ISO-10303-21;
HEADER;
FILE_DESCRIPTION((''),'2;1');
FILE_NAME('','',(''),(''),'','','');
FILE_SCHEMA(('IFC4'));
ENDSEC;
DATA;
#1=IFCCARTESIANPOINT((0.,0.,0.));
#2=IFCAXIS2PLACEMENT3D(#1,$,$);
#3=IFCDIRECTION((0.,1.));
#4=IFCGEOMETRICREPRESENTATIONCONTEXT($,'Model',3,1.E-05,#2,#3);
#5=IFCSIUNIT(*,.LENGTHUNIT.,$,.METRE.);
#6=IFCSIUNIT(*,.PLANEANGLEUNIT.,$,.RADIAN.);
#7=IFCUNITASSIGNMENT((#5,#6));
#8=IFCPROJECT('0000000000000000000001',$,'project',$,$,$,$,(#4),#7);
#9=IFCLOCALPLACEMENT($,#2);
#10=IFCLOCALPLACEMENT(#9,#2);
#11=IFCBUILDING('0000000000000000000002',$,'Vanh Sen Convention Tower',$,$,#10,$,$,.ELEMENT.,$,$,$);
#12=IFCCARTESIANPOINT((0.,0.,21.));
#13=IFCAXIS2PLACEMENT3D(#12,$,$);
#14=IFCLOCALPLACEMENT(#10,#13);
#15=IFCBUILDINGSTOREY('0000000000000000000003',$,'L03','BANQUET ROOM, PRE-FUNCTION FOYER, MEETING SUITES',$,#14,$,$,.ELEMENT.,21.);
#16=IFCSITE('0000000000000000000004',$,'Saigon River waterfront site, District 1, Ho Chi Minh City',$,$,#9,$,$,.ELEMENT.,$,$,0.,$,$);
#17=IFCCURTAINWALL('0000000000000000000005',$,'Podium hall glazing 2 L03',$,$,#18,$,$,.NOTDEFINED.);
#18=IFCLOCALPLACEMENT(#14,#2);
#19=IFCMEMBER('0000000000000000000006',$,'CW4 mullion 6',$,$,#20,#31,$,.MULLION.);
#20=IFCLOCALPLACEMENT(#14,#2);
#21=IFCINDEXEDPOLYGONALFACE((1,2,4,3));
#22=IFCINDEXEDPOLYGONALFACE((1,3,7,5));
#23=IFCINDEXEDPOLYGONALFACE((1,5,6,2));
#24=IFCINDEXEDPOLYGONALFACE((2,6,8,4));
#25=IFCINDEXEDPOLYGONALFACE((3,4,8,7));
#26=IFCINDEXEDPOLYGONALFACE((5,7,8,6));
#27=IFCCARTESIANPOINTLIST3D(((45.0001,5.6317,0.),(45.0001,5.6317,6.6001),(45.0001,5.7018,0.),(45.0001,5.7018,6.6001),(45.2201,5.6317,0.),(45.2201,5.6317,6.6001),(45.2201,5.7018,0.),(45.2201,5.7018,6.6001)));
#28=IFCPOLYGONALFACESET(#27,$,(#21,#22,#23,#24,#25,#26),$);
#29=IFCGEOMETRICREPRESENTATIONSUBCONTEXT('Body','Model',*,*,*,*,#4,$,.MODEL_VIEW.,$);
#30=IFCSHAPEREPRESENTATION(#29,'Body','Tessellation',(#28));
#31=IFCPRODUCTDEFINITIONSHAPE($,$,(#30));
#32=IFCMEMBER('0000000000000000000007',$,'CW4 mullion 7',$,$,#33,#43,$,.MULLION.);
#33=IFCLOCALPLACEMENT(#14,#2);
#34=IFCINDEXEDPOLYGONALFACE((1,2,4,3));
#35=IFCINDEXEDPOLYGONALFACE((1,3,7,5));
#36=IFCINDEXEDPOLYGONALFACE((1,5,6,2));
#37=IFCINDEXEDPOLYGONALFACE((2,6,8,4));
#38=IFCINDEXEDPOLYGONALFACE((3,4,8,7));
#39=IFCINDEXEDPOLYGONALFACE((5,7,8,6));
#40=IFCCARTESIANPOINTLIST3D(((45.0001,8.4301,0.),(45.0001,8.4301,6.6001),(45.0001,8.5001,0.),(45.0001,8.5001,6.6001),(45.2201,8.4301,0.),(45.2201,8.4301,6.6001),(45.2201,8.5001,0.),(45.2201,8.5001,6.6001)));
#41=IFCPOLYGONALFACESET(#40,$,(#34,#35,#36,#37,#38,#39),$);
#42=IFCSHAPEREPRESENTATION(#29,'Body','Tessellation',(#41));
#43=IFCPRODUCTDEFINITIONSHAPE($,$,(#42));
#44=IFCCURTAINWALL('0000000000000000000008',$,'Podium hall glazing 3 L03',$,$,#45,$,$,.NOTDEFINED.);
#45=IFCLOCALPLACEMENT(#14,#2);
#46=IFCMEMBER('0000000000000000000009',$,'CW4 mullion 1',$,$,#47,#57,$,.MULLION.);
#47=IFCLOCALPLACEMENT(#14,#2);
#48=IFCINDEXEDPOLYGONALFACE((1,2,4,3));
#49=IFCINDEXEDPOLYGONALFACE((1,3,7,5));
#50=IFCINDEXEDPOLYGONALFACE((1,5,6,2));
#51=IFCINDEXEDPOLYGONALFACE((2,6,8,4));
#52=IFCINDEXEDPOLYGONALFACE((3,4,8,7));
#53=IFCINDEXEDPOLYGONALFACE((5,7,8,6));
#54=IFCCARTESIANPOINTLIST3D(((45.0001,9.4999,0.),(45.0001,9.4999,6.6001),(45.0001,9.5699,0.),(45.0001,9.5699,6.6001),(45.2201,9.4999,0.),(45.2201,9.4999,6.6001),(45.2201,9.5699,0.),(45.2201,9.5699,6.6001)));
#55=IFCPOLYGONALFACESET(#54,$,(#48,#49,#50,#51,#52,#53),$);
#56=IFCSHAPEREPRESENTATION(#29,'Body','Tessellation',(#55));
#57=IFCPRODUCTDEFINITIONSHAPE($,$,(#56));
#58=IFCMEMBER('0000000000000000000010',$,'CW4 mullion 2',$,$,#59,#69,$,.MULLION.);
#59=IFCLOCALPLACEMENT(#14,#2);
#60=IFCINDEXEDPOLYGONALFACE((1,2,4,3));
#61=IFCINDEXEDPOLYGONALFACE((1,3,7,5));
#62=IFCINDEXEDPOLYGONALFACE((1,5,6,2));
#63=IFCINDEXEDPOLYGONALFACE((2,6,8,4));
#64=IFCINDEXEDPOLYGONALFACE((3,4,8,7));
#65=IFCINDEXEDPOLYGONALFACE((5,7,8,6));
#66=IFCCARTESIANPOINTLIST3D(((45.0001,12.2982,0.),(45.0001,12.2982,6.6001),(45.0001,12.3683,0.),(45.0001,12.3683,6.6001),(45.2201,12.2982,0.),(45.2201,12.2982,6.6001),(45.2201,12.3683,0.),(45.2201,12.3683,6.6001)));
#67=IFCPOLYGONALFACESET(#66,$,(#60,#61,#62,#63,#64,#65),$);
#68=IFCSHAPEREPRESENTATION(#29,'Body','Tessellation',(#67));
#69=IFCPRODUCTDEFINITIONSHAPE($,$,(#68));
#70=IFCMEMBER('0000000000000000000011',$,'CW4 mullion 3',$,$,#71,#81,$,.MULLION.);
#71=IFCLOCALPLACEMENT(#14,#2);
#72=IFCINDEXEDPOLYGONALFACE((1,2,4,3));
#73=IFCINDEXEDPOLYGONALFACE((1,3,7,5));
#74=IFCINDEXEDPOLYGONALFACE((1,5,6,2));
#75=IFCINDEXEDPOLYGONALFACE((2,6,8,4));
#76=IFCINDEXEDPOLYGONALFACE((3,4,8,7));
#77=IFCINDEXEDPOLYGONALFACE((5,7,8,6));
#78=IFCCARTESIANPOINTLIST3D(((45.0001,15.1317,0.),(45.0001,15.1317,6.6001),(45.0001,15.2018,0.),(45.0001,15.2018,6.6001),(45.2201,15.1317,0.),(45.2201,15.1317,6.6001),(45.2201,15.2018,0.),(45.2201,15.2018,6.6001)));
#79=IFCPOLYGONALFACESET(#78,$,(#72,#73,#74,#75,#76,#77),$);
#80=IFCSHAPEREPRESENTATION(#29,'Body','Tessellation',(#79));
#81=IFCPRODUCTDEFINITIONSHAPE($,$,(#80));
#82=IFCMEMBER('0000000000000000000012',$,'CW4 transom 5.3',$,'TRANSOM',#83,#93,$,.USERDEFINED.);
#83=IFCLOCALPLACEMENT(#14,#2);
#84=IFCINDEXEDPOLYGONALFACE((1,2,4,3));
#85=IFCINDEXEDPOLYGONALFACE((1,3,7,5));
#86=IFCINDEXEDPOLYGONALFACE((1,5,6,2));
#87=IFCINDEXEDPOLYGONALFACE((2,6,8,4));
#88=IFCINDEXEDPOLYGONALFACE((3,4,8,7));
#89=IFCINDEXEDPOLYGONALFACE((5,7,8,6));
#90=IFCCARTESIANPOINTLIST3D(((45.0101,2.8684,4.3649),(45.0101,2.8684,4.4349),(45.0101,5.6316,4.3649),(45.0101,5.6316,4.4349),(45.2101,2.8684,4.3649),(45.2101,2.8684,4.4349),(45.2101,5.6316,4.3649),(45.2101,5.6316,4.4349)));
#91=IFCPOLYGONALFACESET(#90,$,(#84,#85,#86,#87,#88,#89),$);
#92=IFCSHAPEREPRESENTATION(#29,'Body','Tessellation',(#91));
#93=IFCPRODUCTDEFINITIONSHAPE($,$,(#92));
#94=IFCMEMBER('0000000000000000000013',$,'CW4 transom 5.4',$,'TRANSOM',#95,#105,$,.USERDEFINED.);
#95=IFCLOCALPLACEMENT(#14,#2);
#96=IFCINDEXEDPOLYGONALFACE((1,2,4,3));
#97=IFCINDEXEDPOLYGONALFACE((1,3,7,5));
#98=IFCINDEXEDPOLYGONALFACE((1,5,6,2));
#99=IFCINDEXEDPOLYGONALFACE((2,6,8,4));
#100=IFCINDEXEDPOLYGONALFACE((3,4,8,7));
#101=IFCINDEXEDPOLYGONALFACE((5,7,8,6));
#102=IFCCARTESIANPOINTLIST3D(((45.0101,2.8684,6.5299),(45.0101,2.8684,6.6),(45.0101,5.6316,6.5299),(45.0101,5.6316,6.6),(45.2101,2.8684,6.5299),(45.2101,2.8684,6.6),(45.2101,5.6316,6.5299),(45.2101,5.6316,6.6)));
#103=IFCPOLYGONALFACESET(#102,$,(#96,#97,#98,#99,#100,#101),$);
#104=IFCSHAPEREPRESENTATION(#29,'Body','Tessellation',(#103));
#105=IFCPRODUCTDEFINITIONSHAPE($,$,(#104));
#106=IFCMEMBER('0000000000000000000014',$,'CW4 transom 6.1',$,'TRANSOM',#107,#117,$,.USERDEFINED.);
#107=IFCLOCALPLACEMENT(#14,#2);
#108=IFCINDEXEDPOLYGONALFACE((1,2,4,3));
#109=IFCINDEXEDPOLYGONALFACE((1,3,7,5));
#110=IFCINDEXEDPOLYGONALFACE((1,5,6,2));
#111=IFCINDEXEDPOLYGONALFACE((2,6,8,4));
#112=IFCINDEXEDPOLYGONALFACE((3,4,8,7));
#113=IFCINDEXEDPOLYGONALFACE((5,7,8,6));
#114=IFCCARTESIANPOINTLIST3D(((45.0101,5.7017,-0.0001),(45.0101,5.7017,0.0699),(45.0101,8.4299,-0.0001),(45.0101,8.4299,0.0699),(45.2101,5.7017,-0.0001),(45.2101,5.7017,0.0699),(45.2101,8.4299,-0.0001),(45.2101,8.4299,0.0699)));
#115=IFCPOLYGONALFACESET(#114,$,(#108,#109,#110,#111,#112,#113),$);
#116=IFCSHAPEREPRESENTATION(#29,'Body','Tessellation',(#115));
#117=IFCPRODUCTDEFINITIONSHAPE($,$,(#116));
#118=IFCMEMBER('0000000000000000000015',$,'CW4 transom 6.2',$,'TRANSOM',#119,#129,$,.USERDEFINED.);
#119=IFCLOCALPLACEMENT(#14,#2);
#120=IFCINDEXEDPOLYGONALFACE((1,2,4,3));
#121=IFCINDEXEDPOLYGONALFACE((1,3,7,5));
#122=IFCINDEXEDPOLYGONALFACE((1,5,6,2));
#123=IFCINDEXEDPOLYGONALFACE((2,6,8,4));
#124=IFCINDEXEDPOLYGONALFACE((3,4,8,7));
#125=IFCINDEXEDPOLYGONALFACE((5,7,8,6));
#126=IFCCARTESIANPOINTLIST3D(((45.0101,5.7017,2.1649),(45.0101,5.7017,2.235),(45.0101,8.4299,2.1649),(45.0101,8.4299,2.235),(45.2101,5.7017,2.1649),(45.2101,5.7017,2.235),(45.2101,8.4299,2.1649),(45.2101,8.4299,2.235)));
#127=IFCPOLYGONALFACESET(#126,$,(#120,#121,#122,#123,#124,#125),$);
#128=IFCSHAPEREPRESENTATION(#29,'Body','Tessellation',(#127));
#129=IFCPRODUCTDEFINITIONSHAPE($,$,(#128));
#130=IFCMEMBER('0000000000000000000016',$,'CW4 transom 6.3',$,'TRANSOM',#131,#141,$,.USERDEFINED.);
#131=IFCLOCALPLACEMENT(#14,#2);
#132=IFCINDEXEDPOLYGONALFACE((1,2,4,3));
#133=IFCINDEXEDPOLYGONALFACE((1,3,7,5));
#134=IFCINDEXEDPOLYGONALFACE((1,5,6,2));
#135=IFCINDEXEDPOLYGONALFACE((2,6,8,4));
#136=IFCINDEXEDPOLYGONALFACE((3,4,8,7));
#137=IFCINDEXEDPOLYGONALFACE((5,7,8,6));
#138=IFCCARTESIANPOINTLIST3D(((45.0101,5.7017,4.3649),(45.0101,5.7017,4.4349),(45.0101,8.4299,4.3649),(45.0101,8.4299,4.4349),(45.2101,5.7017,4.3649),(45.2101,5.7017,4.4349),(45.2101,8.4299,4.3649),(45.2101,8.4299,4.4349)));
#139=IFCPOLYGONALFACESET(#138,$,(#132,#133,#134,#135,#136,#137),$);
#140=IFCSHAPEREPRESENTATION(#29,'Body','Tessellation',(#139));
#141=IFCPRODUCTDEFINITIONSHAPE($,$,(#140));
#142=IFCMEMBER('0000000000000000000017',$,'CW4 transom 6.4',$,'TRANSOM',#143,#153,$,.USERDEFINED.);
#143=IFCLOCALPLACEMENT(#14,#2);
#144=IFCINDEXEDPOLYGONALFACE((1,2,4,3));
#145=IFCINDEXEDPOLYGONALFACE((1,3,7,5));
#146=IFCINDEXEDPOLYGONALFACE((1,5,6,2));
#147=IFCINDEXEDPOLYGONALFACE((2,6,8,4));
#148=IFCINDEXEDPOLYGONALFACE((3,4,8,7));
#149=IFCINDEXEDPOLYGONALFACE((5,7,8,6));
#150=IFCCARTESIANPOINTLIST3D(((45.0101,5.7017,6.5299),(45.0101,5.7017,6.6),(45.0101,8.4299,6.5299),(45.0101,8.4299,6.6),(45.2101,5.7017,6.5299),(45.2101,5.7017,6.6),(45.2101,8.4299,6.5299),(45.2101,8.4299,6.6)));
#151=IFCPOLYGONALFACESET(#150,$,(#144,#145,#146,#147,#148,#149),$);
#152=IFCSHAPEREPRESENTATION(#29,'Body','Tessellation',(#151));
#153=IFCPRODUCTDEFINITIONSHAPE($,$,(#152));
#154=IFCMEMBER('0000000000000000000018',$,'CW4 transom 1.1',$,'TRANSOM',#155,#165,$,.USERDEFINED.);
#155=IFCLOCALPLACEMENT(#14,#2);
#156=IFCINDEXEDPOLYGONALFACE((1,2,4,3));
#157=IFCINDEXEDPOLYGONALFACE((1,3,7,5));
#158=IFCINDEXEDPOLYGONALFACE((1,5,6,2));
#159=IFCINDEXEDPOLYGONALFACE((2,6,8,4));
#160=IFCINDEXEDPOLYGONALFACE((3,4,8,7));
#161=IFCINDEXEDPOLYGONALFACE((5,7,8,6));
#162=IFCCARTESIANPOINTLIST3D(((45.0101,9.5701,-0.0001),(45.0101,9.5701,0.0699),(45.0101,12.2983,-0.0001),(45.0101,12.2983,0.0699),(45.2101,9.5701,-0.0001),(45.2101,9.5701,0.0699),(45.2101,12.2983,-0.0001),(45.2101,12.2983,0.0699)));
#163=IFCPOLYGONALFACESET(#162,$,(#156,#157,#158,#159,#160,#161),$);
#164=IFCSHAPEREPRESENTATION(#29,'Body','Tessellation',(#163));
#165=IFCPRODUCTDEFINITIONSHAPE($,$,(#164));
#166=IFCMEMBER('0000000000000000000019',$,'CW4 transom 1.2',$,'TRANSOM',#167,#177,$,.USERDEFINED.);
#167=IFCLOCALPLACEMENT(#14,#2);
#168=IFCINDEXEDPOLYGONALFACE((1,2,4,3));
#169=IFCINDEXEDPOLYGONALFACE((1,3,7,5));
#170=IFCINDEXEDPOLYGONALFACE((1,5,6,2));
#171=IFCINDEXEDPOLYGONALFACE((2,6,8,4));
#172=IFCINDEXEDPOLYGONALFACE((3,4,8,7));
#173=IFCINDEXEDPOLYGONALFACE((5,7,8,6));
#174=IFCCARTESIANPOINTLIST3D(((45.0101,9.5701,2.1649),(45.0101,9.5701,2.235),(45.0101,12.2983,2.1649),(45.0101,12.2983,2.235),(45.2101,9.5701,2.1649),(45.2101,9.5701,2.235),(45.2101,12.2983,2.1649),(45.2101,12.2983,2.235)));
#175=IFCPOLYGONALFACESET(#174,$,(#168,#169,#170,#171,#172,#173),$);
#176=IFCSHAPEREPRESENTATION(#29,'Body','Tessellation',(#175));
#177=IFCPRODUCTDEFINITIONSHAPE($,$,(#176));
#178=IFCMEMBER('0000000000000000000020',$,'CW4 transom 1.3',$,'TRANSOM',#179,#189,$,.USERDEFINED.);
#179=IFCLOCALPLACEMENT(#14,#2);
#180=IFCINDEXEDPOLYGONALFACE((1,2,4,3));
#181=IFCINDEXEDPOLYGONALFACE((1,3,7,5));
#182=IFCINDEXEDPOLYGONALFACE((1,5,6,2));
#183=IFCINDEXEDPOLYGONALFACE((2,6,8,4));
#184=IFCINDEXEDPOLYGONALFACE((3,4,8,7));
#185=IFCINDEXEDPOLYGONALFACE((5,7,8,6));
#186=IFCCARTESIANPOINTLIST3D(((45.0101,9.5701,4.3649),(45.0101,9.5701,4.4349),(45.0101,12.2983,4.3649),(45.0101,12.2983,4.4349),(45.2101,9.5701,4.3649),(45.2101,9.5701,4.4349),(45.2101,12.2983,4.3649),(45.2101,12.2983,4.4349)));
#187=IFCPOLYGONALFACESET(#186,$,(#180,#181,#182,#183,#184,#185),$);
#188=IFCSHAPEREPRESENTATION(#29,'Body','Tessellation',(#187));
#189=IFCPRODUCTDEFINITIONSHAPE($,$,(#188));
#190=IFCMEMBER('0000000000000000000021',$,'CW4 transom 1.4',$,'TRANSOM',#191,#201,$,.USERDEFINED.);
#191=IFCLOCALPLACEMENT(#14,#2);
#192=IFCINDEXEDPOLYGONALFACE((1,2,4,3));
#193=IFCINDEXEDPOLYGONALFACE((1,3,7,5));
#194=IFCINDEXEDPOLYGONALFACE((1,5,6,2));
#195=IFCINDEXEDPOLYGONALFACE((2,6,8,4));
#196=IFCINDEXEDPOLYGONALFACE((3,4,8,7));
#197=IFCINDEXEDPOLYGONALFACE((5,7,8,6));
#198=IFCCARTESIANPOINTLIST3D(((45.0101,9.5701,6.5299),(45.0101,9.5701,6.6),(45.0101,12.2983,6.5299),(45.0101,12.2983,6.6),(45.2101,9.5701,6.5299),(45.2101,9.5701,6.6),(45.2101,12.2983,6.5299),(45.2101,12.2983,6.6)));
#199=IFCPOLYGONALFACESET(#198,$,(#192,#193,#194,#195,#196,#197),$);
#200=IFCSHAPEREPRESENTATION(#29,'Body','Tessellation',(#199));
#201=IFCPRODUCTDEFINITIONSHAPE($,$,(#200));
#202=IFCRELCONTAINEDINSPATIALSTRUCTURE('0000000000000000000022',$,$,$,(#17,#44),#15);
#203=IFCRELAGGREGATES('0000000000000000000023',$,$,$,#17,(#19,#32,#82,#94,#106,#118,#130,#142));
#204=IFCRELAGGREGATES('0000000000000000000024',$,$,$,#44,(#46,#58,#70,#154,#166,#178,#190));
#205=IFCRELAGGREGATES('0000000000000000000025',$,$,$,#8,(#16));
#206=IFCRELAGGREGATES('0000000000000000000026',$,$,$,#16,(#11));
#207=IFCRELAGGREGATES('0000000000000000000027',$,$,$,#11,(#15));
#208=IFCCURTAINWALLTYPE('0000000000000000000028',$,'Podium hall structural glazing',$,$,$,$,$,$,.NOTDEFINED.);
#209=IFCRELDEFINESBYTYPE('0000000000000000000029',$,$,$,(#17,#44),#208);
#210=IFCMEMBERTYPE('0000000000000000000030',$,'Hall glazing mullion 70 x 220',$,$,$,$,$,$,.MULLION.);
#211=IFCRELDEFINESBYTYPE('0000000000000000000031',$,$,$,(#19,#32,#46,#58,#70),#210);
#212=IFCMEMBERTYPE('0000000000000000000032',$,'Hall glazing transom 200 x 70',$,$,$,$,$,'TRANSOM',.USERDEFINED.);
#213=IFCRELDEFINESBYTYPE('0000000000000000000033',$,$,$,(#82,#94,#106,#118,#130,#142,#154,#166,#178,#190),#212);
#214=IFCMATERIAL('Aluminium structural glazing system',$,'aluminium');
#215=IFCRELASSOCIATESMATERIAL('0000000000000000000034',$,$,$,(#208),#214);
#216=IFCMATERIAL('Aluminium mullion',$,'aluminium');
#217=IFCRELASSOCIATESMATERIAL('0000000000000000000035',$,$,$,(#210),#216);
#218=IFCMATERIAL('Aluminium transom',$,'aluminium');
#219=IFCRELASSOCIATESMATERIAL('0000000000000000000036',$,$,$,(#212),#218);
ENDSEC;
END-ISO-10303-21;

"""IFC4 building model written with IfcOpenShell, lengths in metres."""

from ifc_helpers import new_model, si_unit, direction, frame, origin, origin_2d, place, context, subcontext, project, spatial, rectangle, extrude, material, material_profile, profile_set, type_object, element, aggregate, save


model = new_model("IFC4")

# Units and contexts
model_context = context("Model", 3, precision=1e-05, world=origin(), true_north=direction((0.0, 1.0)))
body_context = subcontext(model_context, "Body", "Model", "MODEL_VIEW")
ifc_project = project(units=[si_unit("LENGTHUNIT", "METRE"), si_unit("PLANEANGLEUNIT", "RADIAN")], contexts=[model_context])

# Site, building, storey
site_placement = place(None, origin())
site = spatial("IfcSite", under=ifc_project, at=site_placement, Name="Saigon River waterfront site, District 1, Ho Chi Minh City", CompositionType="ELEMENT", RefElevation=0.0)
building_placement = place(site_placement, origin())
building = spatial("IfcBuilding", under=site, at=building_placement, Name="Vanh Sen Convention Tower", CompositionType="ELEMENT")
storey_placement = place(building_placement, frame((0.0, 0.0, 21.0)))
storey = spatial("IfcBuildingStorey", under=building, at=storey_placement, Name="L03", Description="BANQUET ROOM, PRE-FUNCTION FOYER, MEETING SUITES", CompositionType="ELEMENT", Elevation=21.0)

# Curtain walls, members
ifc_material_1 = material(Name="Aluminium structural glazing system", Category="aluminium")
curtain_wall_type = type_object("IfcCurtainWallType", Name="Podium hall structural glazing", PredefinedType="NOTDEFINED", material=ifc_material_1)
curtain_wall_1_placement = place(storey_placement, origin())
curtain_wall_1 = element("IfcCurtainWall", 1, at=curtain_wall_1_placement, inside=storey, type_object=curtain_wall_type, Name="Podium hall glazing 2 L03", PredefinedType="NOTDEFINED")
ifc_material_2 = material(Name="Aluminium mullion", Category="aluminium")
ifc_material_profile_1 = material_profile(ifc_material_2, rectangle(XDim=0.22, YDim=0.0701, at=origin_2d()), Name="Hall glazing mullion 70 x 220")
ifc_profile_set_1 = profile_set([ifc_material_profile_1], Name="Aluminium mullion")
member_type_1 = type_object("IfcMemberType", Name="Hall glazing mullion 70 x 220", PredefinedType="MULLION", material=ifc_profile_set_1)
member_1_placement = place(storey_placement, frame((45.1101, 5.6667, 0.0), z_axis=(0.0, 0.0, 1.0), x_axis=(-1.0, 0.0, 0.0)))
member_1 = element("IfcMember", 2, at=member_1_placement, type_object=member_type_1, Name="CW4 mullion 6", PredefinedType="MULLION", context=body_context, shape_type="SweptSolid", body=[
    extrude(rectangle(XDim=0.22, YDim=0.0701, at=origin_2d()), origin(), (0.0, 0.0, 1.0), 6.6001),
])
member_2_placement = place(storey_placement, frame((45.1101, 8.4651, 0.0), z_axis=(0.0, 0.0, 1.0), x_axis=(-1.0, 0.0, 0.0)))
member_2 = element("IfcMember", 3, at=member_2_placement, type_object=member_type_1, Name="CW4 mullion 7", PredefinedType="MULLION", context=body_context, shape_type="SweptSolid", body=[
    extrude(rectangle(XDim=0.22, YDim=0.0701, at=origin_2d()), origin(), (0.0, 0.0, 1.0), 6.6001),
])
curtain_wall_2_placement = place(storey_placement, origin())
curtain_wall_2 = element("IfcCurtainWall", 4, at=curtain_wall_2_placement, inside=storey, type_object=curtain_wall_type, Name="Podium hall glazing 3 L03", PredefinedType="NOTDEFINED")
member_3_placement = place(storey_placement, frame((45.1101, 9.5349, 0.0), z_axis=(0.0, 0.0, 1.0), x_axis=(-1.0, 0.0, 0.0)))
member_3 = element("IfcMember", 5, at=member_3_placement, type_object=member_type_1, Name="CW4 mullion 1", PredefinedType="MULLION", context=body_context, shape_type="SweptSolid", body=[
    extrude(rectangle(XDim=0.22, YDim=0.0701, at=origin_2d()), origin(), (0.0, 0.0, 1.0), 6.6001),
])
member_4_placement = place(storey_placement, frame((45.1101, 12.3333, 0.0), z_axis=(0.0, 0.0, 1.0), x_axis=(-1.0, 0.0, 0.0)))
member_4 = element("IfcMember", 6, at=member_4_placement, type_object=member_type_1, Name="CW4 mullion 2", PredefinedType="MULLION", context=body_context, shape_type="SweptSolid", body=[
    extrude(rectangle(XDim=0.22, YDim=0.0701, at=origin_2d()), origin(), (0.0, 0.0, 1.0), 6.6001),
])
member_5_placement = place(storey_placement, frame((45.1101, 15.1667, 0.0), z_axis=(0.0, 0.0, 1.0), x_axis=(-1.0, 0.0, 0.0)))
member_5 = element("IfcMember", 7, at=member_5_placement, type_object=member_type_1, Name="CW4 mullion 3", PredefinedType="MULLION", context=body_context, shape_type="SweptSolid", body=[
    extrude(rectangle(XDim=0.22, YDim=0.0701, at=origin_2d()), origin(), (0.0, 0.0, 1.0), 6.6001),
])

# Members
ifc_material_3 = material(Name="Aluminium transom", Category="aluminium")
ifc_material_profile_2 = material_profile(ifc_material_3, rectangle(XDim=0.2, YDim=0.0701, at=origin_2d()), Name="Hall glazing transom 200 x 70")
ifc_profile_set_2 = profile_set([ifc_material_profile_2], Name="Aluminium transom")
member_type_2 = type_object("IfcMemberType", Name="Hall glazing transom 200 x 70", ElementType="TRANSOM", PredefinedType="USERDEFINED", material=ifc_profile_set_2)
member_6_placement = place(storey_placement, frame((45.1101, 2.8684, 4.3999), z_axis=(0.0, 1.0, 0.0), x_axis=(-1.0, 0.0, 0.0)))
member_6 = element("IfcMember", 8, at=member_6_placement, type_object=member_type_2, Name="CW4 transom 5.3", ObjectType="TRANSOM", PredefinedType="USERDEFINED", context=body_context, shape_type="SweptSolid", body=[
    extrude(rectangle(XDim=0.2, YDim=0.0701, at=origin_2d()), origin(), (0.0, 0.0, 1.0), 2.7632),
])
member_7_placement = place(storey_placement, frame((45.1101, 2.8684, 6.5649), z_axis=(0.0, 1.0, 0.0), x_axis=(-1.0, 0.0, 0.0)))
member_7 = element("IfcMember", 9, at=member_7_placement, type_object=member_type_2, Name="CW4 transom 5.4", ObjectType="TRANSOM", PredefinedType="USERDEFINED", context=body_context, shape_type="SweptSolid", body=[
    extrude(rectangle(XDim=0.2, YDim=0.0701, at=origin_2d()), origin(), (0.0, 0.0, 1.0), 2.7632),
])
member_8_placement = place(storey_placement, frame((45.1101, 5.7017, 0.0349), z_axis=(0.0, 1.0, 0.0), x_axis=(-1.0, 0.0, 0.0)))
member_8 = element("IfcMember", 10, at=member_8_placement, type_object=member_type_2, Name="CW4 transom 6.1", ObjectType="TRANSOM", PredefinedType="USERDEFINED", context=body_context, shape_type="SweptSolid", body=[
    extrude(rectangle(XDim=0.2, YDim=0.0701, at=origin_2d()), origin(), (0.0, 0.0, 1.0), 2.7283),
])
member_9_placement = place(storey_placement, frame((45.1101, 5.7017, 2.2), z_axis=(0.0, 1.0, 0.0), x_axis=(-1.0, 0.0, 0.0)))
member_9 = element("IfcMember", 11, at=member_9_placement, type_object=member_type_2, Name="CW4 transom 6.2", ObjectType="TRANSOM", PredefinedType="USERDEFINED", context=body_context, shape_type="SweptSolid", body=[
    extrude(rectangle(XDim=0.2, YDim=0.0701, at=origin_2d()), origin(), (0.0, 0.0, 1.0), 2.7283),
])
member_10_placement = place(storey_placement, frame((45.1101, 5.7017, 4.3999), z_axis=(0.0, 1.0, 0.0), x_axis=(-1.0, 0.0, 0.0)))
member_10 = element("IfcMember", 12, at=member_10_placement, type_object=member_type_2, Name="CW4 transom 6.3", ObjectType="TRANSOM", PredefinedType="USERDEFINED", context=body_context, shape_type="SweptSolid", body=[
    extrude(rectangle(XDim=0.2, YDim=0.0701, at=origin_2d()), origin(), (0.0, 0.0, 1.0), 2.7283),
])
member_11_placement = place(storey_placement, frame((45.1101, 5.7017, 6.5649), z_axis=(0.0, 1.0, 0.0), x_axis=(-1.0, 0.0, 0.0)))
member_11 = element("IfcMember", 13, at=member_11_placement, type_object=member_type_2, Name="CW4 transom 6.4", ObjectType="TRANSOM", PredefinedType="USERDEFINED", context=body_context, shape_type="SweptSolid", body=[
    extrude(rectangle(XDim=0.2, YDim=0.0701, at=origin_2d()), origin(), (0.0, 0.0, 1.0), 2.7283),
])
member_12_placement = place(storey_placement, frame((45.1101, 9.5701, 0.0349), z_axis=(0.0, 1.0, 0.0), x_axis=(-1.0, 0.0, 0.0)))
member_12 = element("IfcMember", 14, at=member_12_placement, type_object=member_type_2, Name="CW4 transom 1.1", ObjectType="TRANSOM", PredefinedType="USERDEFINED", context=body_context, shape_type="SweptSolid", body=[
    extrude(rectangle(XDim=0.2, YDim=0.0701, at=origin_2d()), origin(), (0.0, 0.0, 1.0), 2.7283),
])
member_13_placement = place(storey_placement, frame((45.1101, 9.5701, 2.2), z_axis=(0.0, 1.0, 0.0), x_axis=(-1.0, 0.0, 0.0)))
member_13 = element("IfcMember", 15, at=member_13_placement, type_object=member_type_2, Name="CW4 transom 1.2", ObjectType="TRANSOM", PredefinedType="USERDEFINED", context=body_context, shape_type="SweptSolid", body=[
    extrude(rectangle(XDim=0.2, YDim=0.0701, at=origin_2d()), origin(), (0.0, 0.0, 1.0), 2.7283),
])
member_14_placement = place(storey_placement, frame((45.1101, 9.5701, 4.3999), z_axis=(0.0, 1.0, 0.0), x_axis=(-1.0, 0.0, 0.0)))
member_14 = element("IfcMember", 16, at=member_14_placement, type_object=member_type_2, Name="CW4 transom 1.3", ObjectType="TRANSOM", PredefinedType="USERDEFINED", context=body_context, shape_type="SweptSolid", body=[
    extrude(rectangle(XDim=0.2, YDim=0.0701, at=origin_2d()), origin(), (0.0, 0.0, 1.0), 2.7283),
])
member_15_placement = place(storey_placement, frame((45.1101, 9.5701, 6.5649), z_axis=(0.0, 1.0, 0.0), x_axis=(-1.0, 0.0, 0.0)))
member_15 = element("IfcMember", 17, at=member_15_placement, type_object=member_type_2, Name="CW4 transom 1.4", ObjectType="TRANSOM", PredefinedType="USERDEFINED", context=body_context, shape_type="SweptSolid", body=[
    extrude(rectangle(XDim=0.2, YDim=0.0701, at=origin_2d()), origin(), (0.0, 0.0, 1.0), 2.7283),
])

aggregate(curtain_wall_1, [member_1, member_2, member_6, member_7, member_8, member_9, member_10, member_11])
aggregate(curtain_wall_2, [member_3, member_4, member_5, member_12, member_13, member_14, member_15])

save(model, "model.ifc")
